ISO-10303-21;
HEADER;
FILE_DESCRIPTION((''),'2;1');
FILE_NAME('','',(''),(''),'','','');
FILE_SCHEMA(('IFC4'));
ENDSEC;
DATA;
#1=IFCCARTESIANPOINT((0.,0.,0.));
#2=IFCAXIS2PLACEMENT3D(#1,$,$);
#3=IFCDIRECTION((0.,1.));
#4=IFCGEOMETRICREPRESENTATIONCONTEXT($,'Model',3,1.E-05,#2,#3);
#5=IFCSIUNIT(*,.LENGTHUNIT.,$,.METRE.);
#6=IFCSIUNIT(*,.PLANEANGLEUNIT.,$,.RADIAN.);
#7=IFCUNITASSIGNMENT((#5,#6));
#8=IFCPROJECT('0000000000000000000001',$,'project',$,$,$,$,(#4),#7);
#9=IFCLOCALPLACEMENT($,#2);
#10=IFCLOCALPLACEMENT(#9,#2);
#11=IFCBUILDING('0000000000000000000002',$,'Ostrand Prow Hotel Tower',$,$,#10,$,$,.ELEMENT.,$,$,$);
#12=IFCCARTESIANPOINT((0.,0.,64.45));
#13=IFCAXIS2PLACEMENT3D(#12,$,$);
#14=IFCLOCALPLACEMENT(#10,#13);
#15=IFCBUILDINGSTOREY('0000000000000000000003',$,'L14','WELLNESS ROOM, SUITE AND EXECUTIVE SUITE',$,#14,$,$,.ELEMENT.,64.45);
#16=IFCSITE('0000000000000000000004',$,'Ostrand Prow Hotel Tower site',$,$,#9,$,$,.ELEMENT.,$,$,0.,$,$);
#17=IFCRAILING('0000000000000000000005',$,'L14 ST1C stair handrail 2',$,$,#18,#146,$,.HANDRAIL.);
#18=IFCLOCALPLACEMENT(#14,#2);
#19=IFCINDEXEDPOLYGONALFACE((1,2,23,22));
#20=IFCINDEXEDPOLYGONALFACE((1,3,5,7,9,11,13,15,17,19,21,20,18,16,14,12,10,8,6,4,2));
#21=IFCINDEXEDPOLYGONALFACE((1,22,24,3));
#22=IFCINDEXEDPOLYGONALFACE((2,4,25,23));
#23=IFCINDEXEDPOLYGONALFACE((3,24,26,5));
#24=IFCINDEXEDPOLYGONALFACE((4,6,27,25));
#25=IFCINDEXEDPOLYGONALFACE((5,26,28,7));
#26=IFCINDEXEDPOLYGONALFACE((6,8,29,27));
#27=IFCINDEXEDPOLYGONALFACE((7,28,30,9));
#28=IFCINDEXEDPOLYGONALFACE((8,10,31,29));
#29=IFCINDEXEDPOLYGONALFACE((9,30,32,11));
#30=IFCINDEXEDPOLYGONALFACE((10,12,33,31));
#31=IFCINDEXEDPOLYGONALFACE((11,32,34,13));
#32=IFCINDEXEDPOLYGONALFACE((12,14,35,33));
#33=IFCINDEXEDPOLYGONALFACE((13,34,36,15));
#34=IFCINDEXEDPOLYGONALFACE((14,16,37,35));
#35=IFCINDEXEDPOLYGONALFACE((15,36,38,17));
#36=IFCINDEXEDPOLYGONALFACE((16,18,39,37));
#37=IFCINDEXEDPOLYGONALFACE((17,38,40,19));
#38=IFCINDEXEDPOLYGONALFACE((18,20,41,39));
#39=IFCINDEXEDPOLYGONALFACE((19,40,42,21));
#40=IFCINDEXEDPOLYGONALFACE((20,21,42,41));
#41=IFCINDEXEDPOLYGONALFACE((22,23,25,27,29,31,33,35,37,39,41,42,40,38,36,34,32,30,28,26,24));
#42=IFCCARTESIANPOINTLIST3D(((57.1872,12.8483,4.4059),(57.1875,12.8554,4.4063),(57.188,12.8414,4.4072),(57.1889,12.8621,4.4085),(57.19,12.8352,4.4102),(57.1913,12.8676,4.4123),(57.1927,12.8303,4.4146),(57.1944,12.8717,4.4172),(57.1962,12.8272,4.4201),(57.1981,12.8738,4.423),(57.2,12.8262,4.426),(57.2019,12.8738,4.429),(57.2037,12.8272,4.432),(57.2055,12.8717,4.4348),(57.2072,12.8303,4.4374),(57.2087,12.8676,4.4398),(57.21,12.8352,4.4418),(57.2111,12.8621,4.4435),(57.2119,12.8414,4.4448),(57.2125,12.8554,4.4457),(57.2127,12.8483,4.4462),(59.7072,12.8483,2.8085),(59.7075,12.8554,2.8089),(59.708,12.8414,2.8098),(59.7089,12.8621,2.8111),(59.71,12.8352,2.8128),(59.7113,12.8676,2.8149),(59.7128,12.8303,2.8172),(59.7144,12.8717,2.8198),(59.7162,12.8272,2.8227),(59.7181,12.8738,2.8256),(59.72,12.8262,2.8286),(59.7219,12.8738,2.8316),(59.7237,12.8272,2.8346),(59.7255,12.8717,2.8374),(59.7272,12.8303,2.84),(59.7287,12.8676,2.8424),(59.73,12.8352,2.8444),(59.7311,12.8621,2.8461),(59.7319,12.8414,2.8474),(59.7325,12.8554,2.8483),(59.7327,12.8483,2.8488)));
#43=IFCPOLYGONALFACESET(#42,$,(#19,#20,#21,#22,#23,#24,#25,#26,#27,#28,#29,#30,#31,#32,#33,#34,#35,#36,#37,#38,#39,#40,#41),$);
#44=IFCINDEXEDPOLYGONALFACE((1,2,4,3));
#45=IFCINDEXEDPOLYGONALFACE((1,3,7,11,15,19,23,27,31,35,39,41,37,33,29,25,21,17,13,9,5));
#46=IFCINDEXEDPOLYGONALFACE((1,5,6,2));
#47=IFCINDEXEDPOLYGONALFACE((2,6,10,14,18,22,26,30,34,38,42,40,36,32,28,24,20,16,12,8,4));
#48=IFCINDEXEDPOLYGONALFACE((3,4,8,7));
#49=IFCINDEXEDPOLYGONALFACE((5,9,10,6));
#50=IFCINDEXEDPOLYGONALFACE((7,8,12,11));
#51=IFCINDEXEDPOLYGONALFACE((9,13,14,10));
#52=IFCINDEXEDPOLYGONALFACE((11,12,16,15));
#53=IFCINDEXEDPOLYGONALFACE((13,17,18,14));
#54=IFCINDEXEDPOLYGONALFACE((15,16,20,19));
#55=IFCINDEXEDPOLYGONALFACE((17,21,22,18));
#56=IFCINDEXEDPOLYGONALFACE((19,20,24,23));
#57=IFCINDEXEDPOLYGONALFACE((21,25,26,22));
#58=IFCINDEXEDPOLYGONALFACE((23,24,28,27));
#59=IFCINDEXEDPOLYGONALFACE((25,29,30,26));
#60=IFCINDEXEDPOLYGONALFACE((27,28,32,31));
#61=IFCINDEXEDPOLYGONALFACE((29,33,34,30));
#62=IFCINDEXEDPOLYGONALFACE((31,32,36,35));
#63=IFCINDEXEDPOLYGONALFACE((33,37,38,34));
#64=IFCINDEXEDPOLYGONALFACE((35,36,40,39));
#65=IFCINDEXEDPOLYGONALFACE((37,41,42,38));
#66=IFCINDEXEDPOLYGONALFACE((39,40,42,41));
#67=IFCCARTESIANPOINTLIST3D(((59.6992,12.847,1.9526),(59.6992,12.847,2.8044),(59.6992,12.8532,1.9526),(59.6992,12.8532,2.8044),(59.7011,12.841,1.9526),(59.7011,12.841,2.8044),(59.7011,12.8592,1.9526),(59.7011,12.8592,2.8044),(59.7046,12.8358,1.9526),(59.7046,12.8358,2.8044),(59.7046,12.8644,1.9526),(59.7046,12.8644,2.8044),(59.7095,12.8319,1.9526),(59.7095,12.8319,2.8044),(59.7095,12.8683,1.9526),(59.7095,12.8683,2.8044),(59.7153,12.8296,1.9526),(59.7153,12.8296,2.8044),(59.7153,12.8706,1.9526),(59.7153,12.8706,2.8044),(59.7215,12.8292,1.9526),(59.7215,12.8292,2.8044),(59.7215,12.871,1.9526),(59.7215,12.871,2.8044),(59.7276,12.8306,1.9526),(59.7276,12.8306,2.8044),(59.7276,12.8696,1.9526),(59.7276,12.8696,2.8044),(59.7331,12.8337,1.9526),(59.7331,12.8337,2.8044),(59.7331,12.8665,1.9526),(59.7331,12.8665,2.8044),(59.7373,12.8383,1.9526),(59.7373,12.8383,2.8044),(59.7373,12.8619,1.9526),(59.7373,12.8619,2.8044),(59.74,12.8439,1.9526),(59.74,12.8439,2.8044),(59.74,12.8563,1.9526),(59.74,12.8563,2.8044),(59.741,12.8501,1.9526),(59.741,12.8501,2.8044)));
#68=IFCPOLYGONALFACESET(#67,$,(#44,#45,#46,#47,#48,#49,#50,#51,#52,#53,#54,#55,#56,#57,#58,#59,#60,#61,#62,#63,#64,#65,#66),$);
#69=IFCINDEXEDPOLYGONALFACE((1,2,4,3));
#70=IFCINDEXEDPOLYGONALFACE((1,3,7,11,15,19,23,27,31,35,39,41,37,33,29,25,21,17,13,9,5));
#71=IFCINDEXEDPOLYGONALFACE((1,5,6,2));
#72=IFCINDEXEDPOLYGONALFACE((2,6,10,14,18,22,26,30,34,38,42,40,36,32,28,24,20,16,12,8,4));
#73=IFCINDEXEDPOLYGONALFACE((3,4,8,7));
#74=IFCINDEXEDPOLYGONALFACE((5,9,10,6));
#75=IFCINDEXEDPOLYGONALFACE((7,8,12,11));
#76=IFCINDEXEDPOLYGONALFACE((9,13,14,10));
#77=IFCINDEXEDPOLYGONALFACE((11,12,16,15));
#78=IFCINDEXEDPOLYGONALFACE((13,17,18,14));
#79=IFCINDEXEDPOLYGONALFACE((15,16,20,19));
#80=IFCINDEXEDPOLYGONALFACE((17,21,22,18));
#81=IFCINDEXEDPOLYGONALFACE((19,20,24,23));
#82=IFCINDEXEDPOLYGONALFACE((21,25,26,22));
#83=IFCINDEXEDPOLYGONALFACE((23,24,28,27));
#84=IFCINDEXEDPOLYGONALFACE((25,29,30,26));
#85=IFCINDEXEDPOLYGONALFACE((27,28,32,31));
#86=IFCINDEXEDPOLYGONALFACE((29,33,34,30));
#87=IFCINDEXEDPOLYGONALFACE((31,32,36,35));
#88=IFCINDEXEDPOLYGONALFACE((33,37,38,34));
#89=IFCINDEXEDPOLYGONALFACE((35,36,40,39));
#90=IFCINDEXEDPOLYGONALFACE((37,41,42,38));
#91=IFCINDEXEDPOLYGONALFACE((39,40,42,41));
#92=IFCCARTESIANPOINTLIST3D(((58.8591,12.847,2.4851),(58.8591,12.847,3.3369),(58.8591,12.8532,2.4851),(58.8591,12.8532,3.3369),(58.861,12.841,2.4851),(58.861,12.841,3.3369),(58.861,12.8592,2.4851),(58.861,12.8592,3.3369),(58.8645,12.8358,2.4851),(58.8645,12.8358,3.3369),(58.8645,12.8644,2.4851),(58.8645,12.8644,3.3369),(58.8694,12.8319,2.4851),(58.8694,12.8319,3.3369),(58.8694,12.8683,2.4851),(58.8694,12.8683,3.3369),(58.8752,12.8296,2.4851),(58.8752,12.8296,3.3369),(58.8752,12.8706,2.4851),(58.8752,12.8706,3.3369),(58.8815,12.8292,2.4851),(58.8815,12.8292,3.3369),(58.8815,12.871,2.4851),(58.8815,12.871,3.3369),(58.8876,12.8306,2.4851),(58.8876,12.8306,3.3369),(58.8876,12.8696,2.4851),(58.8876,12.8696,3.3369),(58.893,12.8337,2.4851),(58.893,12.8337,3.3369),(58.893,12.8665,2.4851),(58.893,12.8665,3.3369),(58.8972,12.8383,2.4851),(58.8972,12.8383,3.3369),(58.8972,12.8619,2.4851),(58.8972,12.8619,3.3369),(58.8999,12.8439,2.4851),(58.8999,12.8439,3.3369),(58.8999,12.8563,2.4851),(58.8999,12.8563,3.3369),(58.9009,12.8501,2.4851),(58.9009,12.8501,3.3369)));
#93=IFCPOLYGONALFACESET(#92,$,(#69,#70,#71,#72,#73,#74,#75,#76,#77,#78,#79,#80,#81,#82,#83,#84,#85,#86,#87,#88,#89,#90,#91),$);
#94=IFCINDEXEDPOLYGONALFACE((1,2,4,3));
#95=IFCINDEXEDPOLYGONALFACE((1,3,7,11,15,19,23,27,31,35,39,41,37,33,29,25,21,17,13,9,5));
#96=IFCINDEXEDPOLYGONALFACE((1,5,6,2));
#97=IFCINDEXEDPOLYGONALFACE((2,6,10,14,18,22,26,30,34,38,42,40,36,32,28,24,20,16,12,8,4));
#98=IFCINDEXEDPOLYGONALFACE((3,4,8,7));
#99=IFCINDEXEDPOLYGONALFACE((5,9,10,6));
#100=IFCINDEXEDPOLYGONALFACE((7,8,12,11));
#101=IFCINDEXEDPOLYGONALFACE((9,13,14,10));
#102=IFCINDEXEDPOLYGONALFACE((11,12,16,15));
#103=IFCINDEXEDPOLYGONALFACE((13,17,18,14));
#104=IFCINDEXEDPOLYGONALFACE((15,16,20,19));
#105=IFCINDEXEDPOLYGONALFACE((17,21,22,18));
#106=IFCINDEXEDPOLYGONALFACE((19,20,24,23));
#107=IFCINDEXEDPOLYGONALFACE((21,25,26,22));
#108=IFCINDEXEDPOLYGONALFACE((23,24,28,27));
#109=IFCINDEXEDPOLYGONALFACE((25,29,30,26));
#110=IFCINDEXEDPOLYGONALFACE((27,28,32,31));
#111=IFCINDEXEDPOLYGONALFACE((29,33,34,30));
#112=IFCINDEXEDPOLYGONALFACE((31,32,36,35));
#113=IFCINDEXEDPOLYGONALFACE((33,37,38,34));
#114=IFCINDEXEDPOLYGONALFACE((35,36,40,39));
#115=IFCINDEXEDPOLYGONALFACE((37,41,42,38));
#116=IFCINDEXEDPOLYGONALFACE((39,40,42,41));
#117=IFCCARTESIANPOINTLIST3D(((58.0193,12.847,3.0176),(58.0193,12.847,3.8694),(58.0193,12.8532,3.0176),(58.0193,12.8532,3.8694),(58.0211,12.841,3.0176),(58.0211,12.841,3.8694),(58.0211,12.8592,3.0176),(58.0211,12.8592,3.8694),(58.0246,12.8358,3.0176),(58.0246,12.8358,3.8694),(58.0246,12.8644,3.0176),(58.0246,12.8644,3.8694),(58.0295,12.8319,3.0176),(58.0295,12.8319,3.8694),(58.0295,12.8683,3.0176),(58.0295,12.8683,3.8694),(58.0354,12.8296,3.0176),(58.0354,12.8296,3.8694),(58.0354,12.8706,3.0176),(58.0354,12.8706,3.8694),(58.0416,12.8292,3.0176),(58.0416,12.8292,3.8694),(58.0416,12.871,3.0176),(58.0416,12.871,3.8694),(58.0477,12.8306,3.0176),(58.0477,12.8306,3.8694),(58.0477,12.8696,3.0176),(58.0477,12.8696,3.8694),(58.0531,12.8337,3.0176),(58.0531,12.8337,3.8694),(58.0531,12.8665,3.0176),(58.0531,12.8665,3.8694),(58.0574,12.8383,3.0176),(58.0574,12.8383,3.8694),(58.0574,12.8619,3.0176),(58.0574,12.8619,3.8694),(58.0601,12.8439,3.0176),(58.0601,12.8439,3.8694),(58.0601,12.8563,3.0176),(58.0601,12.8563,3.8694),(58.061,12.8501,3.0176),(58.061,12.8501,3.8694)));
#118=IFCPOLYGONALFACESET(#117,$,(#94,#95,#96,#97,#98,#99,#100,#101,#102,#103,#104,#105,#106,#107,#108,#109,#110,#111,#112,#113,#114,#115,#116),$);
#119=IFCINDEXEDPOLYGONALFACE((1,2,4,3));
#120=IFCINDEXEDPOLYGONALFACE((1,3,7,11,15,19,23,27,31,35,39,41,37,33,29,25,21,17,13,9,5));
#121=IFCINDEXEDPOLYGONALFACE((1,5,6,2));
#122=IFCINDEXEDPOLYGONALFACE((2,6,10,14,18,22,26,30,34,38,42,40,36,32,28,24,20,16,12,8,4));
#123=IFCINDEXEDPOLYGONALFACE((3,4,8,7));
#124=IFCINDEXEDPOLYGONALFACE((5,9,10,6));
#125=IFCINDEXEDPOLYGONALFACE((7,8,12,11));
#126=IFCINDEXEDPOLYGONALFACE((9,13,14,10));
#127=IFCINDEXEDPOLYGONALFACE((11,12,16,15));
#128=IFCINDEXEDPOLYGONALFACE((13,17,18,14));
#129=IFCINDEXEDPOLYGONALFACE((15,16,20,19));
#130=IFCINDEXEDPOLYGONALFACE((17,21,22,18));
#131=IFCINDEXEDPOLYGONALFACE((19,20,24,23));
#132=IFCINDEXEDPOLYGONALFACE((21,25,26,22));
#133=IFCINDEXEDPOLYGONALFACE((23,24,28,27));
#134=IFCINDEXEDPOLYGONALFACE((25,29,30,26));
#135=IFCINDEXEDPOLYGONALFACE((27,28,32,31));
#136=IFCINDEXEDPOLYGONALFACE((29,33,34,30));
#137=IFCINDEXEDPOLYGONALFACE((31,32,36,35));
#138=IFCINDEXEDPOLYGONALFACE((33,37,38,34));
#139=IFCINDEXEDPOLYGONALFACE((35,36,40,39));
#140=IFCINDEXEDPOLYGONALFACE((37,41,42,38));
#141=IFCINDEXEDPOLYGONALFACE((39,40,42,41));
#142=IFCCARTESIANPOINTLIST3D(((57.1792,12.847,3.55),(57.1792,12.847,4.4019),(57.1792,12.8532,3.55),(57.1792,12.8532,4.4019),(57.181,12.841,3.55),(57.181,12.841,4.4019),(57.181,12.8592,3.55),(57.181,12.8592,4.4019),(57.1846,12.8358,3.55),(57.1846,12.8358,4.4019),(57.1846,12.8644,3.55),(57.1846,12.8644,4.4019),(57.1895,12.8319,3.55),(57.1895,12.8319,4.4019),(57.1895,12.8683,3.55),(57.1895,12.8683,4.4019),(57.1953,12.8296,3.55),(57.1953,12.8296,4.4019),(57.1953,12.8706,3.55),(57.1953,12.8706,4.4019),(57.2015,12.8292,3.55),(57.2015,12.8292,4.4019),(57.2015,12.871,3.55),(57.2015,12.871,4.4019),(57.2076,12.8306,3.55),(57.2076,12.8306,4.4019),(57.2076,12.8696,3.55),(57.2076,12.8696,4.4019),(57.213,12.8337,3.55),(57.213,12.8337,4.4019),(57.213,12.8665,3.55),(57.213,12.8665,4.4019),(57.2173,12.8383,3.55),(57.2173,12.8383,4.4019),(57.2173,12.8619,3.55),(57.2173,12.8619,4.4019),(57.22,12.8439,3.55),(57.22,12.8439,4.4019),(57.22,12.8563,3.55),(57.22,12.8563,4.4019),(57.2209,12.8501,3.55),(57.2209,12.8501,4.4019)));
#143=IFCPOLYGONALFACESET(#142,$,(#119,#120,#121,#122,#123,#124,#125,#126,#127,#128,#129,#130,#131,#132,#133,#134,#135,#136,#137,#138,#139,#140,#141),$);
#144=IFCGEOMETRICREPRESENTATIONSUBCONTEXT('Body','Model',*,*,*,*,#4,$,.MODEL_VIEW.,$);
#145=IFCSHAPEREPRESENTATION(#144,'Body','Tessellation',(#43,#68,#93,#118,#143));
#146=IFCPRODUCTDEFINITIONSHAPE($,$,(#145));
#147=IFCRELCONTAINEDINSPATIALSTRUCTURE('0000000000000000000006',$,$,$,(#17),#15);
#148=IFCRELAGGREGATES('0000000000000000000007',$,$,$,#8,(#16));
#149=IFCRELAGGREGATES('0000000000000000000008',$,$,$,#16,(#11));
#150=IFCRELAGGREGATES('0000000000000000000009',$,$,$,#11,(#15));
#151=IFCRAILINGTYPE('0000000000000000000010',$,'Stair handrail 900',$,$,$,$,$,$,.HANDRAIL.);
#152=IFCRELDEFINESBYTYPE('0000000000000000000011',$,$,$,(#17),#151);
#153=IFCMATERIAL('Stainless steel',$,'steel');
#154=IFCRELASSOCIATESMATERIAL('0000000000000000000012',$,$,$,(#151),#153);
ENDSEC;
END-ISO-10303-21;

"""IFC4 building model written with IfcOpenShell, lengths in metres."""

from ifc_helpers import new_model, si_unit, direction, frame, origin, origin_2d, place, context, subcontext, project, spatial, circle, extrude, material, type_object, element, save


model = new_model("IFC4")

# Units and contexts
model_context = context("Model", 3, precision=1e-05, world=origin(), true_north=direction((0.0, 1.0)))
body_context = subcontext(model_context, "Body", "Model", "MODEL_VIEW")
ifc_project = project(units=[si_unit("LENGTHUNIT", "METRE"), si_unit("PLANEANGLEUNIT", "RADIAN")], contexts=[model_context])

# Site, building, storey
site_placement = place(None, origin())
site = spatial("IfcSite", under=ifc_project, at=site_placement, Name="Ostrand Prow Hotel Tower site", CompositionType="ELEMENT", RefElevation=0.0)
building_placement = place(site_placement, origin())
building = spatial("IfcBuilding", under=site, at=building_placement, Name="Ostrand Prow Hotel Tower", CompositionType="ELEMENT")
storey_placement = place(building_placement, frame((0.0, 0.0, 64.45)))
storey = spatial("IfcBuildingStorey", under=building, at=storey_placement, Name="L14", Description="WELLNESS ROOM, SUITE AND EXECUTIVE SUITE", CompositionType="ELEMENT", Elevation=64.45)

# Railing
ifc_material_1 = material(Name="Stainless steel", Category="steel")
railing_type_1 = type_object("IfcRailingType", Name="Stair handrail 900", PredefinedType="HANDRAIL", material=ifc_material_1)
railing_1_placement = place(storey_placement, frame((59.72, 12.8501, 1.9526)))
element("IfcRailing", 1, at=railing_1_placement, inside=storey, type_object=railing_type_1, Name="L14 ST1C stair handrail 2", PredefinedType="HANDRAIL", context=body_context, shape_type="SweptSolid", body=[
    extrude(circle(Radius=0.0239, at=origin_2d()), frame((0.0, 0.0, 0.876), z_axis=(-0.844607, 0.0, 0.535387), x_axis=(0.0, -1.0, 0.0)), (0.0, 0.0, 1.0), 2.9836),
    extrude(circle(Radius=0.021, at=origin_2d()), origin(), (0.0, 0.0, 1.0), 0.8518),
    extrude(circle(Radius=0.021, at=origin_2d()), frame((-0.8401, 0.0, 0.5325)), (0.0, 0.0, 1.0), 0.8518),
    extrude(circle(Radius=0.021, at=origin_2d()), frame((-1.6799, 0.0, 1.0649)), (0.0, 0.0, 1.0), 0.8518),
    extrude(circle(Radius=0.021, at=origin_2d()), frame((-2.52, 0.0, 1.5974)), (0.0, 0.0, 1.0), 0.8518),
])

save(model, "model.ifc")
